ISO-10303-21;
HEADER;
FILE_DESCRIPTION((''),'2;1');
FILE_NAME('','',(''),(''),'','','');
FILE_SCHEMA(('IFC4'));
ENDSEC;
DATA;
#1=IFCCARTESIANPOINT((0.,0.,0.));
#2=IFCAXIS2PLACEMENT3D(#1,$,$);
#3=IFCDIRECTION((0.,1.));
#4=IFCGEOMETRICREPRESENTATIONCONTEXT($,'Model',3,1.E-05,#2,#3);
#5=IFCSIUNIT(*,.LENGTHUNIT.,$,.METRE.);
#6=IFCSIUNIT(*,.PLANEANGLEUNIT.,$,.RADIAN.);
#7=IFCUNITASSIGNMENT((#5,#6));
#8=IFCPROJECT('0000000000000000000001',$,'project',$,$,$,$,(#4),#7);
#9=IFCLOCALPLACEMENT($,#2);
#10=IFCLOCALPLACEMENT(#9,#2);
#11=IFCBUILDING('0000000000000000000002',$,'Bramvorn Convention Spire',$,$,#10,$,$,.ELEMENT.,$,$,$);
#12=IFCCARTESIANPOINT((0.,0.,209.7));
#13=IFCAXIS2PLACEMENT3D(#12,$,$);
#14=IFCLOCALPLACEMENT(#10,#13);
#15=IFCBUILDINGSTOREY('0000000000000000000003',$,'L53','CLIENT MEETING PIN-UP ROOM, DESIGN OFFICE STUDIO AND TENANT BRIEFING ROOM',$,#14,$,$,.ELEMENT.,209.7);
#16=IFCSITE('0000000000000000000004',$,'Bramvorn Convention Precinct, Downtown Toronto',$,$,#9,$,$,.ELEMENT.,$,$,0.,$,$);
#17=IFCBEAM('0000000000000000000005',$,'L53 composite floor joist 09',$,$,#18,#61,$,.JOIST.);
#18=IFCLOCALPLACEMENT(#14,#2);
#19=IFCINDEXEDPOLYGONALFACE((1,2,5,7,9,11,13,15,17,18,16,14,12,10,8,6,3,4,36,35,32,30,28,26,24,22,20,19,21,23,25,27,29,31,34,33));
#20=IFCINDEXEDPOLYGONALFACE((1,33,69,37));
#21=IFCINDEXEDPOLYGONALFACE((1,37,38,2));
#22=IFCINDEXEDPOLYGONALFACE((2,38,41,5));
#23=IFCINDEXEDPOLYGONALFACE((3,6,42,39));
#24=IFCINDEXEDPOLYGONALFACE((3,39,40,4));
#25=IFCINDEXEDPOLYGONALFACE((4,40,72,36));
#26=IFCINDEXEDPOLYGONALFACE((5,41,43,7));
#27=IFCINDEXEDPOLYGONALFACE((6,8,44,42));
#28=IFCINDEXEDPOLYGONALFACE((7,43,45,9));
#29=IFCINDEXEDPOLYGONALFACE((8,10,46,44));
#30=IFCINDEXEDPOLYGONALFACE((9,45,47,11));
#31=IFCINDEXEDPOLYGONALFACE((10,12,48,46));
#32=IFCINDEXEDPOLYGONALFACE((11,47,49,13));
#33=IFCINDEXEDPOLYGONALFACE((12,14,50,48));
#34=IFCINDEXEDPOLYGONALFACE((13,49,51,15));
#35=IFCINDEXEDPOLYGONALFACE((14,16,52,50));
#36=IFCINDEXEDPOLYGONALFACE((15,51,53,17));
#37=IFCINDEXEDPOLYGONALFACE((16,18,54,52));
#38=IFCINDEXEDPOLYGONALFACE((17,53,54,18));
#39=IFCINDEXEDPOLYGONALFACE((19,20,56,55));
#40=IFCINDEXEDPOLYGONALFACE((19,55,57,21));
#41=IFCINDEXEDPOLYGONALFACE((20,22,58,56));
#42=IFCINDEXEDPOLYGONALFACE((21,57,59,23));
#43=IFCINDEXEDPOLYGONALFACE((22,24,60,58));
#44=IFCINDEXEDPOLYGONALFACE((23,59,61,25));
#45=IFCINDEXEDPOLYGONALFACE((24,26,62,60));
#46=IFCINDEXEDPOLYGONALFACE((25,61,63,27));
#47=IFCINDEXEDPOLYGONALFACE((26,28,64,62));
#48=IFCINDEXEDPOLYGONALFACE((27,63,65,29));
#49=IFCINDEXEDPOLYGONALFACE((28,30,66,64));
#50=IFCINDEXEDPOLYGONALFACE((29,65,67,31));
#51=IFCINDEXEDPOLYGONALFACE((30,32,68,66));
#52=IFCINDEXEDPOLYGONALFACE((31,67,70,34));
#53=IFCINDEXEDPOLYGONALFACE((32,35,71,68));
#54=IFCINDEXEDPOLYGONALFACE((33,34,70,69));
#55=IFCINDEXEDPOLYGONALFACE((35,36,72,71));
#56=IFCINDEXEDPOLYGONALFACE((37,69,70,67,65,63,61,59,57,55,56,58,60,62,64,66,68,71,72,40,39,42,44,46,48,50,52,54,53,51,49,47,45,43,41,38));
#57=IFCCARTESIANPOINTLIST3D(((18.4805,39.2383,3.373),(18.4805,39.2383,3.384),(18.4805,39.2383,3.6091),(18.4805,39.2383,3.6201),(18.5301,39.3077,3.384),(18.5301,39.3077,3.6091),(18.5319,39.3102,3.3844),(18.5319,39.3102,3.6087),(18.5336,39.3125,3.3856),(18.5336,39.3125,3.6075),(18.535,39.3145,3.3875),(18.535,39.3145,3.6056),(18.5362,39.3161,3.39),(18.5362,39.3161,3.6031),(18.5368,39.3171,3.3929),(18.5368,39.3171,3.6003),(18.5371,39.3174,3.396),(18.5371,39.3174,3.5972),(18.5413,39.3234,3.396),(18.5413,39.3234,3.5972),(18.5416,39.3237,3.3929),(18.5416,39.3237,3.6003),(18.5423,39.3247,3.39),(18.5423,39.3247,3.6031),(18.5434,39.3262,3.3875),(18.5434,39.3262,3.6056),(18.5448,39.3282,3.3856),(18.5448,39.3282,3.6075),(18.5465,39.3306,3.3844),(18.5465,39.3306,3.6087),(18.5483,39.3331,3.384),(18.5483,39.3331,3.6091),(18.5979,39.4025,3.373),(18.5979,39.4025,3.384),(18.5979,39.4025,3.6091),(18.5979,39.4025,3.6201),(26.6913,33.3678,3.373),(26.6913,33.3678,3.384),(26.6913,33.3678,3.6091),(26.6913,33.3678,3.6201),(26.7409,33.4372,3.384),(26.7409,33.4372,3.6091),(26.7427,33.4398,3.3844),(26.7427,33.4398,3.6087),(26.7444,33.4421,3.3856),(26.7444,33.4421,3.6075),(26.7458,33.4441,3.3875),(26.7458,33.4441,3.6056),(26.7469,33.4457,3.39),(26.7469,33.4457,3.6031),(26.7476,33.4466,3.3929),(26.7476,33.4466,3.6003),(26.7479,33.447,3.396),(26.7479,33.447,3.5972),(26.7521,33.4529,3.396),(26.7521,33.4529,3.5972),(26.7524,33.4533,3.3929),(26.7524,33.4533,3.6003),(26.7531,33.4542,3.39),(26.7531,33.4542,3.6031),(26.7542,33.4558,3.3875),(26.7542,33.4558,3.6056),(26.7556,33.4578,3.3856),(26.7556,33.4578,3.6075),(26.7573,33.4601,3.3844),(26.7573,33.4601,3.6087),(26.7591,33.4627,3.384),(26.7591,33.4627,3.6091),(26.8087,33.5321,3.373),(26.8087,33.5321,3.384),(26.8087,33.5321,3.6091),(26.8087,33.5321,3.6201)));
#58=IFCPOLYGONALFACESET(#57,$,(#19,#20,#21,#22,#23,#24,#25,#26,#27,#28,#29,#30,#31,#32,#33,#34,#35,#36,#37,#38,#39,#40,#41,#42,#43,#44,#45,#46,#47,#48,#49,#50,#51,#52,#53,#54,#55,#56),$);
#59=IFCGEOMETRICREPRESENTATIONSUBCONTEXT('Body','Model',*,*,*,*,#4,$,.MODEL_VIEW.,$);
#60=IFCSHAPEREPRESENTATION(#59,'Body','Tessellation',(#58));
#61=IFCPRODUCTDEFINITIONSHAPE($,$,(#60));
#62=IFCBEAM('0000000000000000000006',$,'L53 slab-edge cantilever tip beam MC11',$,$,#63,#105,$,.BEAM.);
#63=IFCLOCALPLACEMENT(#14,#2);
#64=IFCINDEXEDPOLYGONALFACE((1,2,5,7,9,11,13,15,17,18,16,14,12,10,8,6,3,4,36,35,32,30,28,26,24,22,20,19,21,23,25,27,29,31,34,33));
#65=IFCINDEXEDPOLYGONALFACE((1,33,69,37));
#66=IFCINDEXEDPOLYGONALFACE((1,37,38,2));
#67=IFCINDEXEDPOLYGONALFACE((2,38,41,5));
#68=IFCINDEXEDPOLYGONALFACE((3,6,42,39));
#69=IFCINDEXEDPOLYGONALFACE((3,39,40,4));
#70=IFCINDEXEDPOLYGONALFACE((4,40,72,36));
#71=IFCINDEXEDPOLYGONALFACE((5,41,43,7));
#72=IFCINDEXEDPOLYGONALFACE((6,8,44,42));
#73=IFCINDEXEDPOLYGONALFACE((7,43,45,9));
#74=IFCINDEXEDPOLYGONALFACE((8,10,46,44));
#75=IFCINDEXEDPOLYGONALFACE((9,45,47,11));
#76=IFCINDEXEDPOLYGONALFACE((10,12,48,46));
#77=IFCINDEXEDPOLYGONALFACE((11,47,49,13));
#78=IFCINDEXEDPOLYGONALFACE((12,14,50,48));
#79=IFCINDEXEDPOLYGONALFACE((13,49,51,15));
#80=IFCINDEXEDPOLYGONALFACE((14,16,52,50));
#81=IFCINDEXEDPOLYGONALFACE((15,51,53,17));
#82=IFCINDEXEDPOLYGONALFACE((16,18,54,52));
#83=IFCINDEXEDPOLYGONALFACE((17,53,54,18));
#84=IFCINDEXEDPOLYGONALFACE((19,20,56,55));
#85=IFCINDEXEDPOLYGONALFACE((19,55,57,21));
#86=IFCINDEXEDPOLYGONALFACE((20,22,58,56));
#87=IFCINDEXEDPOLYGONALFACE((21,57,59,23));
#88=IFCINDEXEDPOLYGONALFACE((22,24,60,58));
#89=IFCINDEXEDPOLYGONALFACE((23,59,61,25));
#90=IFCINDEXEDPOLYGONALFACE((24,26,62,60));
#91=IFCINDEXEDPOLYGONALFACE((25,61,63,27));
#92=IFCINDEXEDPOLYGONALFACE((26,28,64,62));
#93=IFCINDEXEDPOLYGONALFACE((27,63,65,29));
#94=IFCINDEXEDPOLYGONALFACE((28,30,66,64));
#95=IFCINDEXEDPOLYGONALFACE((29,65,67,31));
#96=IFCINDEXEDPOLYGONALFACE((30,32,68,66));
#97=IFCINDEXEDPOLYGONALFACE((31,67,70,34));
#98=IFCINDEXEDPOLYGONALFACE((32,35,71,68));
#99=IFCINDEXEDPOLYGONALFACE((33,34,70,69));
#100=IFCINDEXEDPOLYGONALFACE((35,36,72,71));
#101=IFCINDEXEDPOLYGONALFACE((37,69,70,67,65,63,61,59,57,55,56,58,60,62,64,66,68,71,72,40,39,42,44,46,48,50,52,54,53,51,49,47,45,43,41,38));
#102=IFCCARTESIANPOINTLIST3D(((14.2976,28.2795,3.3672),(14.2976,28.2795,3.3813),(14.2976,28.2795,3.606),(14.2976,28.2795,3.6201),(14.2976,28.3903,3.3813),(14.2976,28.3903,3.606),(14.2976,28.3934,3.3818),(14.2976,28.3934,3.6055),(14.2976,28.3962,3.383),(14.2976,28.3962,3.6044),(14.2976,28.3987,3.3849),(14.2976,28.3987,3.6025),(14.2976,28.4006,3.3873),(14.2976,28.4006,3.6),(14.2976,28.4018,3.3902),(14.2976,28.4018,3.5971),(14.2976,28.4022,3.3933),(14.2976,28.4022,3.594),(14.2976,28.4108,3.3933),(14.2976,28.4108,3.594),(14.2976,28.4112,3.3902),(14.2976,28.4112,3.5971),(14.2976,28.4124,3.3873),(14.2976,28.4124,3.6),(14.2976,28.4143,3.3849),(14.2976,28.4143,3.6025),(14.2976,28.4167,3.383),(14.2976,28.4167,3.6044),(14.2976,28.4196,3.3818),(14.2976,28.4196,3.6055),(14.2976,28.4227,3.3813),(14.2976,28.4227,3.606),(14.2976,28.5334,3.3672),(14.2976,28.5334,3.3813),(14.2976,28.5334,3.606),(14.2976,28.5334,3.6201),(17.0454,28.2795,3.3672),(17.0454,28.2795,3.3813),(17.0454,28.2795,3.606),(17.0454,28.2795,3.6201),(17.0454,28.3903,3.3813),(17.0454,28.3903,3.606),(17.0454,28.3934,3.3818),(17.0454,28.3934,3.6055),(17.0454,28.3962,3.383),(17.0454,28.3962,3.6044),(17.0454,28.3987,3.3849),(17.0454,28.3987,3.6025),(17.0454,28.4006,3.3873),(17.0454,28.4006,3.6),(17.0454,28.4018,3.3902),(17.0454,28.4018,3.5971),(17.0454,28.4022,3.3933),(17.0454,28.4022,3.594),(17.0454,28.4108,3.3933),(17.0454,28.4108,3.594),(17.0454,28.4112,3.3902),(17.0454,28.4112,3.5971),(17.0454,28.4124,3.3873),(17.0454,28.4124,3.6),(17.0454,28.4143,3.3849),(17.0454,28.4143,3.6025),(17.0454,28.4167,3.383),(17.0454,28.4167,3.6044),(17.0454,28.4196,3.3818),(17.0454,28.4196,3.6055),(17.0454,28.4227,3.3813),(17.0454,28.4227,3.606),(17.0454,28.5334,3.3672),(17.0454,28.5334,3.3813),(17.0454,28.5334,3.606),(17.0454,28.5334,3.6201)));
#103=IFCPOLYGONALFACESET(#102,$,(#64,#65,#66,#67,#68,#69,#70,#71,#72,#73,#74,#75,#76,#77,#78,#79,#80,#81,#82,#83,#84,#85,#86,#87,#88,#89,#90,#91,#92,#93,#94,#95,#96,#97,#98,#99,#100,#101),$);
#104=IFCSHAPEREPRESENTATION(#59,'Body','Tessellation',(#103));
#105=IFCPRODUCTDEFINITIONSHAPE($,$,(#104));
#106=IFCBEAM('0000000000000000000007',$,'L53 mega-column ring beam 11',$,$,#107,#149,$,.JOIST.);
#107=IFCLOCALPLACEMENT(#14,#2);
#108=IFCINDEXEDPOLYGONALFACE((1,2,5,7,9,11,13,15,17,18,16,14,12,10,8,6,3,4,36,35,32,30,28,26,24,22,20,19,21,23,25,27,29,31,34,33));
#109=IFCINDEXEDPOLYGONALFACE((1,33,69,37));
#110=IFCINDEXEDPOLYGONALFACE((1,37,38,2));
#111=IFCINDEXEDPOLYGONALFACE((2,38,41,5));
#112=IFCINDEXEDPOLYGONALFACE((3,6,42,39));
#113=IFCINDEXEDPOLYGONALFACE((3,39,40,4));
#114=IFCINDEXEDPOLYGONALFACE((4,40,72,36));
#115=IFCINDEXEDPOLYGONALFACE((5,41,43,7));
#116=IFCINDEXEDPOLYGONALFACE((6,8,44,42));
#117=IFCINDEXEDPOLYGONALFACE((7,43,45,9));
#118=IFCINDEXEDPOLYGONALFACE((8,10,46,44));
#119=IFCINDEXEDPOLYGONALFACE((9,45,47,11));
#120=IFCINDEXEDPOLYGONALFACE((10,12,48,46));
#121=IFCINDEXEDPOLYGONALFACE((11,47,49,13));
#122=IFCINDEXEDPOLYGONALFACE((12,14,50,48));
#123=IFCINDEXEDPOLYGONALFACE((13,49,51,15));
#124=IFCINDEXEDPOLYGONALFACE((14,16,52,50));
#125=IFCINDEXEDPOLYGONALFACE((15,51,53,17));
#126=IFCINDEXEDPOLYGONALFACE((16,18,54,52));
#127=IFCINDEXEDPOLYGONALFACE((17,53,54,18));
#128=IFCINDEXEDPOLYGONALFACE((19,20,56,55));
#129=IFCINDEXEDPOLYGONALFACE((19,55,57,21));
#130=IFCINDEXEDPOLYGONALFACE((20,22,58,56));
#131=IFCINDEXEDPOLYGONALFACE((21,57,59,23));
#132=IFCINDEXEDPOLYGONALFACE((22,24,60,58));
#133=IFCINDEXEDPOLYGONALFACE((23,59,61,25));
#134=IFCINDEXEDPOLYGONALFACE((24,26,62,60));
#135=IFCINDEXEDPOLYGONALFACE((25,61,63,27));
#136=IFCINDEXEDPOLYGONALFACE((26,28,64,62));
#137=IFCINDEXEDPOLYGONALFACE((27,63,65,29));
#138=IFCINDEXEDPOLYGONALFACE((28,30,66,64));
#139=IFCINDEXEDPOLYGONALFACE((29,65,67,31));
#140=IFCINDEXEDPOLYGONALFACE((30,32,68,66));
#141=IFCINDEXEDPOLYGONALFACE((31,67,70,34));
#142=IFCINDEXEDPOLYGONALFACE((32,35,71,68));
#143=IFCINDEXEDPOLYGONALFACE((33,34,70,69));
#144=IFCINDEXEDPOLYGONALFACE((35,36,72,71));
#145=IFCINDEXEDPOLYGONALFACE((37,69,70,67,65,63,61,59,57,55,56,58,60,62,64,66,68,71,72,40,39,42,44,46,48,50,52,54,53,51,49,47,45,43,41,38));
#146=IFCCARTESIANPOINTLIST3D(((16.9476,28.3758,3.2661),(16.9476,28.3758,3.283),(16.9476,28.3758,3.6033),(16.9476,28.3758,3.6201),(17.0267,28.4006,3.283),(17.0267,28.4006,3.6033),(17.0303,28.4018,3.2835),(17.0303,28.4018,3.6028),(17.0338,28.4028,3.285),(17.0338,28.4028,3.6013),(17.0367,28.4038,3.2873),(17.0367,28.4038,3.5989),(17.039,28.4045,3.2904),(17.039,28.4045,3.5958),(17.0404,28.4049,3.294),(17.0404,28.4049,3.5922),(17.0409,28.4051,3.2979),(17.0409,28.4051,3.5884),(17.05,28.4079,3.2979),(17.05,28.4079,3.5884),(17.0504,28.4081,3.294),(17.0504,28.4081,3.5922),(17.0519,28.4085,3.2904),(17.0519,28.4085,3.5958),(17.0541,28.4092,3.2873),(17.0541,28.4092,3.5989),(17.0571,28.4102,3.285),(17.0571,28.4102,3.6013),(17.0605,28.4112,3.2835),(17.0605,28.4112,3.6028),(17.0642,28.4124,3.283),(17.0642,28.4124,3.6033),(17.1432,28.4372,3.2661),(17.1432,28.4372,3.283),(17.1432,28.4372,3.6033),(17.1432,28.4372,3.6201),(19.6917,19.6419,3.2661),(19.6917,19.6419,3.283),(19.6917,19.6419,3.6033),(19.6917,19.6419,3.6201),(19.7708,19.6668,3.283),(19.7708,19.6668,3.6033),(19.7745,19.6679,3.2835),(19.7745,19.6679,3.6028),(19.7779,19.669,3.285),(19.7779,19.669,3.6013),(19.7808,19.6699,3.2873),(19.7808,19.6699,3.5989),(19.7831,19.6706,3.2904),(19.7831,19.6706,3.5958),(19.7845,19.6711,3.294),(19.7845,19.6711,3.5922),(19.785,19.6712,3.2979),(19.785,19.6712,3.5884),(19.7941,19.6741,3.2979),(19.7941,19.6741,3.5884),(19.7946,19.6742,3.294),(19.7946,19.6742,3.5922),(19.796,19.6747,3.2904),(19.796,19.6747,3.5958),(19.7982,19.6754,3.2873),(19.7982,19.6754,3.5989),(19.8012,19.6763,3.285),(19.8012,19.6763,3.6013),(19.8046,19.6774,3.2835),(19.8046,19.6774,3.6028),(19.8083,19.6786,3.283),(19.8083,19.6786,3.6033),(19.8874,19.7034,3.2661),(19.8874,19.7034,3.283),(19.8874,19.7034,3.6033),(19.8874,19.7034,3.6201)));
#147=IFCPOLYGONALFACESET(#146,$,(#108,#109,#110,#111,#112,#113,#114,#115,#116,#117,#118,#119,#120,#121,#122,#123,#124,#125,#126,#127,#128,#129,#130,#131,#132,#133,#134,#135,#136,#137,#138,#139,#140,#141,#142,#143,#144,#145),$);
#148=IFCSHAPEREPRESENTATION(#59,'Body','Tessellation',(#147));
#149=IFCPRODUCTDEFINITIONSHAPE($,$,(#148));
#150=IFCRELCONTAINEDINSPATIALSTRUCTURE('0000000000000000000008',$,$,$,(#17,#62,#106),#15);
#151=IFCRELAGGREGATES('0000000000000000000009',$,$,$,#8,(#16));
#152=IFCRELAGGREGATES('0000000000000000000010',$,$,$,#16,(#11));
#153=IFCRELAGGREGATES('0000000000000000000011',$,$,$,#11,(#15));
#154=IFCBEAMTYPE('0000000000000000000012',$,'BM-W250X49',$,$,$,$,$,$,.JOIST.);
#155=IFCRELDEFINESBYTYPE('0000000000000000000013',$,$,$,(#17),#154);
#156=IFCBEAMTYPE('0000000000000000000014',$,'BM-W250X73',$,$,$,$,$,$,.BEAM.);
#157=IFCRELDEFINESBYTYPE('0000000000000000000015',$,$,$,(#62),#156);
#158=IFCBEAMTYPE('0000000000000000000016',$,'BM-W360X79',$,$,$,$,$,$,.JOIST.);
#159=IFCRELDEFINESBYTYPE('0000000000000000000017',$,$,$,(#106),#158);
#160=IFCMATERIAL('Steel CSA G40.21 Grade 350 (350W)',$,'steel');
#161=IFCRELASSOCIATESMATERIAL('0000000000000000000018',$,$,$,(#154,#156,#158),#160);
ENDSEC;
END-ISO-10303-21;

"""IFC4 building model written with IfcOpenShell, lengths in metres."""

from ifc_helpers import new_model, si_unit, direction, frame, origin, origin_2d, place, context, subcontext, project, spatial, i_section, extrude, material, material_profile, profile_set, type_object, element, save


model = new_model("IFC4")

# Units and contexts
model_context = context("Model", 3, precision=1e-05, world=origin(), true_north=direction((0.0, 1.0)))
body_context = subcontext(model_context, "Body", "Model", "MODEL_VIEW")
ifc_project = project(units=[si_unit("LENGTHUNIT", "METRE"), si_unit("PLANEANGLEUNIT", "RADIAN")], contexts=[model_context])

# Site, building, storey
site_placement = place(None, origin())
site = spatial("IfcSite", under=ifc_project, at=site_placement, Name="Bramvorn Convention Precinct, Downtown Toronto", CompositionType="ELEMENT", RefElevation=0.0)
building_placement = place(site_placement, origin())
building = spatial("IfcBuilding", under=site, at=building_placement, Name="Bramvorn Convention Spire", CompositionType="ELEMENT")
storey_placement = place(building_placement, frame((0.0, 0.0, 209.7)))
storey = spatial("IfcBuildingStorey", under=building, at=storey_placement, Name="L53", Description="CLIENT MEETING PIN-UP ROOM, DESIGN OFFICE STUDIO AND TENANT BRIEFING ROOM", CompositionType="ELEMENT", Elevation=209.7)

# Shared definitions
ifc_material_1 = material(Name="Steel CSA G40.21 Grade 350 (350W)", Category="steel")

# Beams
ifc_material_profile_1 = material_profile(ifc_material_1, i_section(OverallWidth=0.2019, OverallDepth=0.2471, WebThickness=0.0073, FlangeThickness=0.011, FilletRadius=0.012, at=origin_2d()))
ifc_profile_set_1 = profile_set([ifc_material_profile_1], Name="Steel CSA G40.21 Grade 350 (350W) - W250X49")
beam_type_1 = type_object("IfcBeamType", Name="BM-W250X49", PredefinedType="JOIST", material=ifc_profile_set_1)
beam_1_placement = place(storey_placement, frame((26.75, 33.45, 3.4966), z_axis=(-0.813472, 0.581604, 0.0), x_axis=(-0.581604, -0.813472, 0.0)))
element("IfcBeam", 1, at=beam_1_placement, inside=storey, type_object=beam_type_1, Name="L53 composite floor joist 09", PredefinedType="JOIST", context=body_context, shape_type="SweptSolid", body=[
    extrude(i_section(OverallWidth=0.2019, OverallDepth=0.2471, WebThickness=0.0073, FlangeThickness=0.011, FilletRadius=0.012, at=origin_2d()), origin(), (0.0, 0.0, 1.0), 10.0935),
])
ifc_material_profile_2 = material_profile(ifc_material_1, i_section(OverallWidth=0.2539, OverallDepth=0.2529, WebThickness=0.0085, FlangeThickness=0.0142, FilletRadius=0.012, at=origin_2d()))
ifc_profile_set_2 = profile_set([ifc_material_profile_2], Name="Steel CSA G40.21 Grade 350 (350W) - W250X73")
beam_type_2 = type_object("IfcBeamType", Name="BM-W250X73", PredefinedType="BEAM", material=ifc_profile_set_2)
beam_2_placement = place(storey_placement, frame((17.0454, 28.4065, 3.4937), z_axis=(-1.0, 0.0, 0.0), x_axis=(0.0, -1.0, 0.0)))
element("IfcBeam", 2, at=beam_2_placement, inside=storey, type_object=beam_type_2, Name="L53 slab-edge cantilever tip beam MC11", PredefinedType="BEAM", context=body_context, shape_type="SweptSolid", body=[
    extrude(i_section(OverallWidth=0.2539, OverallDepth=0.2529, WebThickness=0.0085, FlangeThickness=0.0142, FilletRadius=0.012, at=origin_2d()), origin(), (0.0, 0.0, 1.0), 2.7478),
])
ifc_material_profile_3 = material_profile(ifc_material_1, i_section(OverallWidth=0.2051, OverallDepth=0.354, WebThickness=0.0095, FlangeThickness=0.0168, FilletRadius=0.0149, at=origin_2d()))
ifc_profile_set_3 = profile_set([ifc_material_profile_3], Name="Steel CSA G40.21 Grade 350 (350W) - W360X79")
beam_type_3 = type_object("IfcBeamType", Name="BM-W360X79", PredefinedType="JOIST", material=ifc_profile_set_3)
beam_3_placement = place(storey_placement, frame((17.0454, 28.4065, 3.4431), z_axis=(0.299748, -0.954019, 0.0), x_axis=(0.954019, 0.299748, 0.0)))
element("IfcBeam", 3, at=beam_3_placement, inside=storey, type_object=beam_type_3, Name="L53 mega-column ring beam 11", PredefinedType="JOIST", context=body_context, shape_type="SweptSolid", body=[
    extrude(i_section(OverallWidth=0.2051, OverallDepth=0.354, WebThickness=0.0095, FlangeThickness=0.0168, FilletRadius=0.0149, at=origin_2d()), origin(), (0.0, 0.0, 1.0), 9.1548),
])

save(model, "model.ifc")
